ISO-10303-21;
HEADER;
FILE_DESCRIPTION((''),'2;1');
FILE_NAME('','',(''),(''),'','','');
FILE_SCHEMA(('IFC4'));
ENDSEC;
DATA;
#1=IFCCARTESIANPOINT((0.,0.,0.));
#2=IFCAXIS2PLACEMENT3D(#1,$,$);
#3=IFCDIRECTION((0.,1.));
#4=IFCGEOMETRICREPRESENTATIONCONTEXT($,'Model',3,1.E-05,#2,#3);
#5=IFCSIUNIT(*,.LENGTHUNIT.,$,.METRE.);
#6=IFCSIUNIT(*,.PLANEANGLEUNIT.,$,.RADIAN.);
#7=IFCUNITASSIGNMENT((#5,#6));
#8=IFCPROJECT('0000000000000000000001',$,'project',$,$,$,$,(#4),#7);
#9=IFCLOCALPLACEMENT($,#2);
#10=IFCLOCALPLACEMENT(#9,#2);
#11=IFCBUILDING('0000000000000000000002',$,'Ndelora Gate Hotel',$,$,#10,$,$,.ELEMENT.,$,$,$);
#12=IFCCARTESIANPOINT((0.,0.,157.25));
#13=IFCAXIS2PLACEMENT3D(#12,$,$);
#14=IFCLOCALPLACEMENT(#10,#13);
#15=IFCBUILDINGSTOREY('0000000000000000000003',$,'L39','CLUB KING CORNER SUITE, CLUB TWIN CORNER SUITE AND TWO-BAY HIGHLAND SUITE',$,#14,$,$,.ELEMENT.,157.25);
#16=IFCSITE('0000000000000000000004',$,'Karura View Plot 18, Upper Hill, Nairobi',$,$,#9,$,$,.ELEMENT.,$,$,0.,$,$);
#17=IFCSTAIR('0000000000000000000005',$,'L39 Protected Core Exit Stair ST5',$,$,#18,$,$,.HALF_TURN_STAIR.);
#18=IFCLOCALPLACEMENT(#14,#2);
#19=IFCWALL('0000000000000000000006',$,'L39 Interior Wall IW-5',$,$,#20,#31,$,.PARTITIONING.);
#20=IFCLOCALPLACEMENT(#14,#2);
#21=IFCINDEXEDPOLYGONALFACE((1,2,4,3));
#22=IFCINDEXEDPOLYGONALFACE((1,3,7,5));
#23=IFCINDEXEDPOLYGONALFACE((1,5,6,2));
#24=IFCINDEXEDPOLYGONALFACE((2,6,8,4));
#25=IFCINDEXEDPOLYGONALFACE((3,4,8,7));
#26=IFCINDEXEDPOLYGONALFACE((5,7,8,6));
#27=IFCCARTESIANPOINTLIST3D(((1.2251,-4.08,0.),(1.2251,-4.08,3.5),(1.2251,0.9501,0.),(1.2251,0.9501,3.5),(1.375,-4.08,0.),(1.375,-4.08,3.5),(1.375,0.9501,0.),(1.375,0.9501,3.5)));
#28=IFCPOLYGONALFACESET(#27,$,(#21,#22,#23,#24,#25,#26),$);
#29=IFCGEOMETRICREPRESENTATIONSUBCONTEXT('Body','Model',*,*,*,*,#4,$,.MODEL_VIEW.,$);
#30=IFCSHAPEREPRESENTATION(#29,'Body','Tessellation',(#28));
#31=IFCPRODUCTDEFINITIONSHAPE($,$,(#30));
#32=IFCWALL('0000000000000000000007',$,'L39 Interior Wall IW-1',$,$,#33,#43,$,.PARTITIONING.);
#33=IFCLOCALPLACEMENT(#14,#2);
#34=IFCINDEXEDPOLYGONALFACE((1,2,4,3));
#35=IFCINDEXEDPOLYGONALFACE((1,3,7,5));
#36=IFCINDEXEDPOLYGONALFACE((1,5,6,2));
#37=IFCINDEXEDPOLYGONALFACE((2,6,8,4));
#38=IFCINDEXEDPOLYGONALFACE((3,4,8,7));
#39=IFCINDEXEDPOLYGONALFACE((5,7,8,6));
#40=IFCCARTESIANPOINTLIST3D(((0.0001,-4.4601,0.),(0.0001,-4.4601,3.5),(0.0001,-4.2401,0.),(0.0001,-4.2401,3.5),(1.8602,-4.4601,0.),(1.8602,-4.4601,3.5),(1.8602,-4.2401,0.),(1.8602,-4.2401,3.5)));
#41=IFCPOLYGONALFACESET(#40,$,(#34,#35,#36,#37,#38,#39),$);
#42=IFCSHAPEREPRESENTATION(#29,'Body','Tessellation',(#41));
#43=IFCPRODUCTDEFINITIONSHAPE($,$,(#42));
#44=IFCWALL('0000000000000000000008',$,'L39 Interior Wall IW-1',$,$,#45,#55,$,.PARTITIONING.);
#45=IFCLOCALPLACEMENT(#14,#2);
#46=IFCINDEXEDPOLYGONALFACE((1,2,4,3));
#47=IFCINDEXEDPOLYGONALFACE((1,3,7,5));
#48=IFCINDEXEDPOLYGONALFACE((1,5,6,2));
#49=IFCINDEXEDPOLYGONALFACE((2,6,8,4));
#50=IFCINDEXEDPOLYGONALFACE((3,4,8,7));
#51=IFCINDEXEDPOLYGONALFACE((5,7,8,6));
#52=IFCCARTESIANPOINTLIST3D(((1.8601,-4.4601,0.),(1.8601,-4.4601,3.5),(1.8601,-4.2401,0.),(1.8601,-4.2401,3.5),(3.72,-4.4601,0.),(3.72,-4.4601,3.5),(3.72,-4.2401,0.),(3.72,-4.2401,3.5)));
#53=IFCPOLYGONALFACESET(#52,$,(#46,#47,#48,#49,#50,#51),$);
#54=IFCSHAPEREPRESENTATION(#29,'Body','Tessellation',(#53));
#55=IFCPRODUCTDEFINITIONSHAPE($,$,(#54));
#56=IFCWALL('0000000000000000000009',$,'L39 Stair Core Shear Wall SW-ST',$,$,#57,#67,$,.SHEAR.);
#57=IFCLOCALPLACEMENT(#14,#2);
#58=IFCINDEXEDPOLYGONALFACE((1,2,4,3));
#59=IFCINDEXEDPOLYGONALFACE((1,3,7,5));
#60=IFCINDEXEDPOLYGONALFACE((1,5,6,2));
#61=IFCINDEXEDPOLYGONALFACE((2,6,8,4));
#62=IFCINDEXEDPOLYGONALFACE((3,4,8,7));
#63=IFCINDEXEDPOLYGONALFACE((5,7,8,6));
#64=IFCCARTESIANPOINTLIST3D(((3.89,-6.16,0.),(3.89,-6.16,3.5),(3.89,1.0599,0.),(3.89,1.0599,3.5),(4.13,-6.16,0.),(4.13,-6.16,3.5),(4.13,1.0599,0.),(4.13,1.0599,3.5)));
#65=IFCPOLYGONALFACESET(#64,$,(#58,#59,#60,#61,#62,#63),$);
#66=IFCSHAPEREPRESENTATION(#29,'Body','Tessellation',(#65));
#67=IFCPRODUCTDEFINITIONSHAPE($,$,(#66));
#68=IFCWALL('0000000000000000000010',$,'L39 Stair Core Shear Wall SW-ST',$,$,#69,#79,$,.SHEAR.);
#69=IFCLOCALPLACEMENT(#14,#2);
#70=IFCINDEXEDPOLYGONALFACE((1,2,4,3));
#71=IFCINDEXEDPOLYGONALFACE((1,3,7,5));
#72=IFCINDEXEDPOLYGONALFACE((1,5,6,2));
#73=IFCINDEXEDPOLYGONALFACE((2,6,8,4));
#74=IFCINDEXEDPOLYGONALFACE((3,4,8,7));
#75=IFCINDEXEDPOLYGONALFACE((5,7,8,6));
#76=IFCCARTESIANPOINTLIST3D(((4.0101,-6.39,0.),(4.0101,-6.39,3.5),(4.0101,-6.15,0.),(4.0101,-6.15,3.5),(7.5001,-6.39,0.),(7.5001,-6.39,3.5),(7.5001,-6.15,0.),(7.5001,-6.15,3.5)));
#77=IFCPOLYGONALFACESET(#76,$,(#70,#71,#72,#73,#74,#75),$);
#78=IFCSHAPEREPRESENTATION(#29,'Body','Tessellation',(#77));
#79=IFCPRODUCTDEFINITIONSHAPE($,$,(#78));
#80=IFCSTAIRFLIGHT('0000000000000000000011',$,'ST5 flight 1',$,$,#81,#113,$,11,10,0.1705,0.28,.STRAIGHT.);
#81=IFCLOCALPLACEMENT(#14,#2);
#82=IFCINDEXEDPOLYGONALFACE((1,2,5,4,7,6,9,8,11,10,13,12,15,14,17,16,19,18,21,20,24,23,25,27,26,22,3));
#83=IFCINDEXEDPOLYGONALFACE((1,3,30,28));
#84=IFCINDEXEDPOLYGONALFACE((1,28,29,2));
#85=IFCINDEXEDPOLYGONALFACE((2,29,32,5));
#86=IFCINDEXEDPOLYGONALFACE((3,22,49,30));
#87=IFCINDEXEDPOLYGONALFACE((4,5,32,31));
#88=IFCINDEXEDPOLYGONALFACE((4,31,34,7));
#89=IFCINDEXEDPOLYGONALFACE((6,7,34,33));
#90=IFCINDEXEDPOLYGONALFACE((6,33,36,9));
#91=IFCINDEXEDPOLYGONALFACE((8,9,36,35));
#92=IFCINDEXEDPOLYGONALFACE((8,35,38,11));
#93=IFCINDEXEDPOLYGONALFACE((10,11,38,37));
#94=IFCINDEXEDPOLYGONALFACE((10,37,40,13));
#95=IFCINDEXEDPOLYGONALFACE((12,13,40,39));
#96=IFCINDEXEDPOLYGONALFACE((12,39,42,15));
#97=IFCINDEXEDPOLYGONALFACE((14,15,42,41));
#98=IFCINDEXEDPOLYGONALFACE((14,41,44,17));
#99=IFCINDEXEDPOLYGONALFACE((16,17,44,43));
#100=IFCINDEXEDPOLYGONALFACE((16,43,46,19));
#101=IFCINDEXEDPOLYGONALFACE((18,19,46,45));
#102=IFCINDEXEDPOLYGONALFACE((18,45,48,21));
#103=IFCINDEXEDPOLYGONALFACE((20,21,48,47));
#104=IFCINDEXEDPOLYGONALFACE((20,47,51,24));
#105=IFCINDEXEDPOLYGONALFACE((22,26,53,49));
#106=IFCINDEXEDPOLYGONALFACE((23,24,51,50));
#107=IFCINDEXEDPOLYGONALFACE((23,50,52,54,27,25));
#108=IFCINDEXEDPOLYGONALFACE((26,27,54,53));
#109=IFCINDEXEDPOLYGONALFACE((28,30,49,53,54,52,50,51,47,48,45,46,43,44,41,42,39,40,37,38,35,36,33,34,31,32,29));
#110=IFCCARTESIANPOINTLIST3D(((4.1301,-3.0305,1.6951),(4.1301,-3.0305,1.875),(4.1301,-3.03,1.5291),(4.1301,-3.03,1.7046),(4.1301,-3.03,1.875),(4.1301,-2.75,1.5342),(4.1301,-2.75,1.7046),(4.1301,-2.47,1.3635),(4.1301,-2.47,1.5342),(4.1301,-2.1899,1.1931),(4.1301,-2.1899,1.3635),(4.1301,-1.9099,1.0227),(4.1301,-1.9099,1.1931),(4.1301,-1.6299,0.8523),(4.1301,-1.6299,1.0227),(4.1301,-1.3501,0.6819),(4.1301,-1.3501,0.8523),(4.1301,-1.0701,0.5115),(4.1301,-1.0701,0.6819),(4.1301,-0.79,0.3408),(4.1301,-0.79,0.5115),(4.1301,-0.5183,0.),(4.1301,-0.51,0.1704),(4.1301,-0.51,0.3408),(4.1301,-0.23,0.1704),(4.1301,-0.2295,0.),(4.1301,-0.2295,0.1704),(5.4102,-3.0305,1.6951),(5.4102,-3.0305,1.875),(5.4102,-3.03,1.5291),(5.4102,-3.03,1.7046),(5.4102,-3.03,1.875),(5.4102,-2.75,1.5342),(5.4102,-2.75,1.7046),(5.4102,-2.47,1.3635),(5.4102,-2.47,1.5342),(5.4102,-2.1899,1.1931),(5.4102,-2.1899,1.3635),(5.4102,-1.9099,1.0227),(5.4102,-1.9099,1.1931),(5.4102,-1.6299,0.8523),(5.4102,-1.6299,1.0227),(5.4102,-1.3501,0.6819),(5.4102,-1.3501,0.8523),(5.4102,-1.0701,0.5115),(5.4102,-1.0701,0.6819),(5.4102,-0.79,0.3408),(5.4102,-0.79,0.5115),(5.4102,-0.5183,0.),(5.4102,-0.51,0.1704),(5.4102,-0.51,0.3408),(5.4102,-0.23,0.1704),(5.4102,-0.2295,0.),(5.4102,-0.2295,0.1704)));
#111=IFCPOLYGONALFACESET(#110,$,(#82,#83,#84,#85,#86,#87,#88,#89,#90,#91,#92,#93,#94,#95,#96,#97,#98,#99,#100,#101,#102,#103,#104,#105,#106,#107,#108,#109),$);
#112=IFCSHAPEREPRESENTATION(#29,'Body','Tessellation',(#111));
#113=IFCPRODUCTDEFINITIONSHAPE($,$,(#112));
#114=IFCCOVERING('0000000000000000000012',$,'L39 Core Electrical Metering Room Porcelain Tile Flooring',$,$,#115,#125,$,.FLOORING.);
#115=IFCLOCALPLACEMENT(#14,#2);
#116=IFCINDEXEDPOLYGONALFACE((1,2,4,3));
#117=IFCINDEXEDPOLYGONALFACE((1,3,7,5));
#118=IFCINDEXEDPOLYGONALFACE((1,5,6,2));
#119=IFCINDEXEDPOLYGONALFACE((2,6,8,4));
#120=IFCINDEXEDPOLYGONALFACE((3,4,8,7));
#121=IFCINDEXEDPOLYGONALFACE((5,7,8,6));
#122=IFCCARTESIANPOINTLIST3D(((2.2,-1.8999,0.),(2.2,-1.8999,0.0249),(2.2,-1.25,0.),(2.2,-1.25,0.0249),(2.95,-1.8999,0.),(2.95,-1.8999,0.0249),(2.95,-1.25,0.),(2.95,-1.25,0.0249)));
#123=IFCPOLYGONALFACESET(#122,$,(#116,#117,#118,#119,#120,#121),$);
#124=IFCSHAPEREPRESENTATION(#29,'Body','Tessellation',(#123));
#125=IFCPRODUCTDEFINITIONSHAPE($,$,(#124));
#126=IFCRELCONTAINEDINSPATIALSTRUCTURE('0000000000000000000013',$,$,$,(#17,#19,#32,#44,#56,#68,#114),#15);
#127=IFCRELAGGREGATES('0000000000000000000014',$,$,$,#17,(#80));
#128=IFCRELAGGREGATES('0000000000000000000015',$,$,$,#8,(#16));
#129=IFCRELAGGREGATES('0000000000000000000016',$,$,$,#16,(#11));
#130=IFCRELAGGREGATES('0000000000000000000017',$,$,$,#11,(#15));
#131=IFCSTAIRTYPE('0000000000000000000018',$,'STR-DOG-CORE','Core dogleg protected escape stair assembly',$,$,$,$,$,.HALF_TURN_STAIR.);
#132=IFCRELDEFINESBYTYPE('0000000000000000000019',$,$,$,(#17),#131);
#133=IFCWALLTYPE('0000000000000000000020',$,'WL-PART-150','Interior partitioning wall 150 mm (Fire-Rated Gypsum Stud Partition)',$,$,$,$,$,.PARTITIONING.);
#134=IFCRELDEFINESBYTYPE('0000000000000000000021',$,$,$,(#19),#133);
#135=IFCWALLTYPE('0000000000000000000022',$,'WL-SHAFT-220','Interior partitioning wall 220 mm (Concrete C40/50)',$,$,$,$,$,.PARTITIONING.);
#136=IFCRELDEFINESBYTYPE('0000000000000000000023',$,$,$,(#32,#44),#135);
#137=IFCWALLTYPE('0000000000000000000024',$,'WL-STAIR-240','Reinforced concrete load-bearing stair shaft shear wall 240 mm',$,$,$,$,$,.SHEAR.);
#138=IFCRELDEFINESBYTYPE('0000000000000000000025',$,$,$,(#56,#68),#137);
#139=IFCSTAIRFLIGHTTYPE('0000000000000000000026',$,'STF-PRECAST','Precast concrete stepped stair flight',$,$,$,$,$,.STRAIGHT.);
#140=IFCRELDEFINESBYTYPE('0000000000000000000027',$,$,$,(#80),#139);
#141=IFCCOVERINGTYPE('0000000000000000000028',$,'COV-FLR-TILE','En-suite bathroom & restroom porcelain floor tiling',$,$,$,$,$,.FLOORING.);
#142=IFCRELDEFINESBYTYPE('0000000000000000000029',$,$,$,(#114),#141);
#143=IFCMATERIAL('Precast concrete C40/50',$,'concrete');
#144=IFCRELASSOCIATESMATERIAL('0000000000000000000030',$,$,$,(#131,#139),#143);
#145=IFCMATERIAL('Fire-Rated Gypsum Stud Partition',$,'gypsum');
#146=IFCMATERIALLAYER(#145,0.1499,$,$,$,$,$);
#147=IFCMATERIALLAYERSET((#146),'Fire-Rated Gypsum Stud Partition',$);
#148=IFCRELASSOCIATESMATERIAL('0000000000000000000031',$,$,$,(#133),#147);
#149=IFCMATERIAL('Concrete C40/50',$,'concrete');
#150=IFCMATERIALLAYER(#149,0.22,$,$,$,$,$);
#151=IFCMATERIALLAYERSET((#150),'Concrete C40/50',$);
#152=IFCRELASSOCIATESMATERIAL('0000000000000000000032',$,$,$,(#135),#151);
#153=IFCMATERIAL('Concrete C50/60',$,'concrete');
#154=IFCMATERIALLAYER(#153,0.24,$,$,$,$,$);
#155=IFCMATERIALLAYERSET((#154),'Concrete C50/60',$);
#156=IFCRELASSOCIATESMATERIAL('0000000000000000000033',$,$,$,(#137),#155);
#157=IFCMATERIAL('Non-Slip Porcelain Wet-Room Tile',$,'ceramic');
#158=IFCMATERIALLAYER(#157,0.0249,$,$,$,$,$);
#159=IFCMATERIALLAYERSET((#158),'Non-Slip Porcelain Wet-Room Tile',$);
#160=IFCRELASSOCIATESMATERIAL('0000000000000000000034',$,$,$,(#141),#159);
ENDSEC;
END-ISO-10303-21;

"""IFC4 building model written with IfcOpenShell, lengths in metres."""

from ifc_helpers import new_model, si_unit, direction, frame, frame_2d, origin, origin_2d, place, context, subcontext, project, spatial, polyline, rectangle, outline, extrude, material, layer, layer_set, type_object, element, aggregate, save


model = new_model("IFC4")

# Units and contexts
model_context = context("Model", 3, precision=1e-05, world=origin(), true_north=direction((0.0, 1.0)))
body_context = subcontext(model_context, "Body", "Model", "MODEL_VIEW")
ifc_project = project(units=[si_unit("LENGTHUNIT", "METRE"), si_unit("PLANEANGLEUNIT", "RADIAN")], contexts=[model_context])

# Site, building, storey
site_placement = place(None, origin())
site = spatial("IfcSite", under=ifc_project, at=site_placement, Name="Karura View Plot 18, Upper Hill, Nairobi", CompositionType="ELEMENT", RefElevation=0.0)
building_placement = place(site_placement, origin())
building = spatial("IfcBuilding", under=site, at=building_placement, Name="Ndelora Gate Hotel", CompositionType="ELEMENT")
storey_placement = place(building_placement, frame((0.0, 0.0, 157.25)))
storey = spatial("IfcBuildingStorey", under=building, at=storey_placement, Name="L39", Description="CLUB KING CORNER SUITE, CLUB TWIN CORNER SUITE AND TWO-BAY HIGHLAND SUITE", CompositionType="ELEMENT", Elevation=157.25)

# Stair
ifc_material_1 = material(Name="Precast concrete C40/50", Category="concrete")
stair_type = type_object("IfcStairType", Name="STR-DOG-CORE", Description="Core dogleg protected escape stair assembly", PredefinedType="HALF_TURN_STAIR", material=ifc_material_1)
stair_1_placement = place(storey_placement, origin())
stair_1 = element("IfcStair", 1, at=stair_1_placement, inside=storey, type_object=stair_type, Name="L39 Protected Core Exit Stair ST5", PredefinedType="HALF_TURN_STAIR")

# Shared definitions
ifc_material_2 = material(Name="Concrete C40/50", Category="concrete")

# Walls
ifc_material_3 = material(Name="Fire-Rated Gypsum Stud Partition", Category="gypsum")
ifc_layer_1 = layer(ifc_material_3, 0.1499)
ifc_layer_set_1 = layer_set([ifc_layer_1], Name="Fire-Rated Gypsum Stud Partition")
wall_type_1 = type_object("IfcWallType", Name="WL-PART-150", Description="Interior partitioning wall 150 mm (Fire-Rated Gypsum Stud Partition)", PredefinedType="PARTITIONING", material=ifc_layer_set_1)
wall_1_placement = place(storey_placement, frame((1.3, -4.0801, 0.0), z_axis=(0.0, 0.0, 1.0), x_axis=(0.0, 1.0, 0.0)))
element("IfcWall", 2, at=wall_1_placement, inside=storey, type_object=wall_type_1, Name="L39 Interior Wall IW-5", PredefinedType="PARTITIONING", context=body_context, shape_type="SweptSolid", body=[
    extrude(rectangle(XDim=5.03, YDim=0.1499, at=frame_2d((2.5151, 0.0))), origin(), (0.0, 0.0, 1.0), 3.5),
])
ifc_layer_2 = layer(ifc_material_2, 0.22)
ifc_layer_set_2 = layer_set([ifc_layer_2], Name="Concrete C40/50")
wall_type_2 = type_object("IfcWallType", Name="WL-SHAFT-220", Description="Interior partitioning wall 220 mm (Concrete C40/50)", PredefinedType="PARTITIONING", material=ifc_layer_set_2)
wall_2_placement = place(storey_placement, frame((0.0, -4.3501, 0.0), z_axis=(0.0, 0.0, 1.0), x_axis=(1.0, 0.0, 0.0)))
element("IfcWall", 3, at=wall_2_placement, inside=storey, type_object=wall_type_2, Name="L39 Interior Wall IW-1", PredefinedType="PARTITIONING", context=body_context, shape_type="SweptSolid", body=[
    extrude(rectangle(XDim=1.8601, YDim=0.22, at=frame_2d((0.9302, 0.0))), origin(), (0.0, 0.0, 1.0), 3.5),
])
wall_3_placement = place(storey_placement, frame((1.8601, -4.3501, 0.0), z_axis=(0.0, 0.0, 1.0), x_axis=(1.0, 0.0, 0.0)))
element("IfcWall", 4, at=wall_3_placement, inside=storey, type_object=wall_type_2, Name="L39 Interior Wall IW-1", PredefinedType="PARTITIONING", context=body_context, shape_type="SweptSolid", body=[
    extrude(rectangle(XDim=1.8599, YDim=0.22, at=frame_2d((0.9299, 0.0))), origin(), (0.0, 0.0, 1.0), 3.5),
])
ifc_material_4 = material(Name="Concrete C50/60", Category="concrete")
ifc_layer_3 = layer(ifc_material_4, 0.24)
ifc_layer_set_3 = layer_set([ifc_layer_3], Name="Concrete C50/60")
wall_type_3 = type_object("IfcWallType", Name="WL-STAIR-240", Description="Reinforced concrete load-bearing stair shaft shear wall 240 mm", PredefinedType="SHEAR", material=ifc_layer_set_3)
wall_4_placement = place(storey_placement, frame((4.01, -6.1599, 0.0), z_axis=(0.0, 0.0, 1.0), x_axis=(0.0, 1.0, 0.0)))
element("IfcWall", 5, at=wall_4_placement, inside=storey, type_object=wall_type_3, Name="L39 Stair Core Shear Wall SW-ST", PredefinedType="SHEAR", context=body_context, shape_type="SweptSolid", body=[
    extrude(rectangle(XDim=7.22, YDim=0.24, at=frame_2d((3.6099, 0.0))), origin(), (0.0, 0.0, 1.0), 3.5),
])
wall_5_placement = place(storey_placement, frame((4.01, -6.27, 0.0), z_axis=(0.0, 0.0, 1.0), x_axis=(1.0, 0.0, 0.0)))
element("IfcWall", 6, at=wall_5_placement, inside=storey, type_object=wall_type_3, Name="L39 Stair Core Shear Wall SW-ST", PredefinedType="SHEAR", context=body_context, shape_type="SweptSolid", body=[
    extrude(rectangle(XDim=3.49, YDim=0.24, at=frame_2d((1.7451, 0.0))), origin(), (0.0, 0.0, 1.0), 3.5),
])

# Stair flight
stair_flight_type = type_object("IfcStairFlightType", Name="STF-PRECAST", Description="Precast concrete stepped stair flight", PredefinedType="STRAIGHT", material=ifc_material_1)
stair_flight_placement = place(storey_placement, frame((4.77, -0.23, 0.0), z_axis=(0.0, 0.0, 1.0), x_axis=(0.0, -1.0, 0.0)))
stair_flight = element("IfcStairFlight", 7, at=stair_flight_placement, type_object=stair_flight_type, Name="ST5 flight 1", NumberOfRisers=11, NumberOfTreads=10, PredefinedType="STRAIGHT", RiserHeight=0.1705, TreadLength=0.28, context=body_context, shape_type="SweptSolid", body=[
    extrude(outline(polyline([(-0.0005, 0.0), (-0.0005, 0.1704), (0.0, 0.1704), (0.28, 0.1704), (0.28, 0.3408), (0.5601, 0.3408), (0.5601, 0.5115), (0.8401, 0.5115), (0.8401, 0.6819), (1.1201, 0.6819), (1.1201, 0.8523), (1.3999, 0.8523), (1.3999, 1.0227), (1.6799, 1.0227), (1.6799, 1.1931), (1.96, 1.1931), (1.96, 1.3635), (2.24, 1.3635), (2.24, 1.5342), (2.52, 1.5342), (2.52, 1.7046), (2.8, 1.7046), (2.8, 1.875), (2.8005, 1.875), (2.8005, 1.6951), (2.8, 1.5291), (0.2883, 0.0), (-0.0005, 0.0)])), frame((0.0, 0.6401, 0.0), z_axis=(0.0, -1.0, 0.0), x_axis=(1.0, 0.0, 0.0)), (0.0, 0.0, 1.0), 1.28),
])
aggregate(stair_1, [stair_flight])

# Covering
ifc_material_5 = material(Name="Non-Slip Porcelain Wet-Room Tile", Category="ceramic")
ifc_layer_4 = layer(ifc_material_5, 0.0249)
ifc_layer_set_4 = layer_set([ifc_layer_4], Name="Non-Slip Porcelain Wet-Room Tile")
covering_type = type_object("IfcCoveringType", Name="COV-FLR-TILE", Description="En-suite bathroom & restroom porcelain floor tiling", PredefinedType="FLOORING", material=ifc_layer_set_4)
covering_placement = place(storey_placement, frame((2.575, -1.575, 0.0), z_axis=(0.0, 0.0, 1.0), x_axis=(1.0, 0.0, 0.0)))
element("IfcCovering", 8, at=covering_placement, inside=storey, type_object=covering_type, Name="L39 Core Electrical Metering Room Porcelain Tile Flooring", PredefinedType="FLOORING", context=body_context, shape_type="SweptSolid", body=[
    extrude(rectangle(XDim=0.75, YDim=0.6499, at=origin_2d()), origin(), (0.0, 0.0, 1.0), 0.0249),
])

save(model, "model.ifc")
